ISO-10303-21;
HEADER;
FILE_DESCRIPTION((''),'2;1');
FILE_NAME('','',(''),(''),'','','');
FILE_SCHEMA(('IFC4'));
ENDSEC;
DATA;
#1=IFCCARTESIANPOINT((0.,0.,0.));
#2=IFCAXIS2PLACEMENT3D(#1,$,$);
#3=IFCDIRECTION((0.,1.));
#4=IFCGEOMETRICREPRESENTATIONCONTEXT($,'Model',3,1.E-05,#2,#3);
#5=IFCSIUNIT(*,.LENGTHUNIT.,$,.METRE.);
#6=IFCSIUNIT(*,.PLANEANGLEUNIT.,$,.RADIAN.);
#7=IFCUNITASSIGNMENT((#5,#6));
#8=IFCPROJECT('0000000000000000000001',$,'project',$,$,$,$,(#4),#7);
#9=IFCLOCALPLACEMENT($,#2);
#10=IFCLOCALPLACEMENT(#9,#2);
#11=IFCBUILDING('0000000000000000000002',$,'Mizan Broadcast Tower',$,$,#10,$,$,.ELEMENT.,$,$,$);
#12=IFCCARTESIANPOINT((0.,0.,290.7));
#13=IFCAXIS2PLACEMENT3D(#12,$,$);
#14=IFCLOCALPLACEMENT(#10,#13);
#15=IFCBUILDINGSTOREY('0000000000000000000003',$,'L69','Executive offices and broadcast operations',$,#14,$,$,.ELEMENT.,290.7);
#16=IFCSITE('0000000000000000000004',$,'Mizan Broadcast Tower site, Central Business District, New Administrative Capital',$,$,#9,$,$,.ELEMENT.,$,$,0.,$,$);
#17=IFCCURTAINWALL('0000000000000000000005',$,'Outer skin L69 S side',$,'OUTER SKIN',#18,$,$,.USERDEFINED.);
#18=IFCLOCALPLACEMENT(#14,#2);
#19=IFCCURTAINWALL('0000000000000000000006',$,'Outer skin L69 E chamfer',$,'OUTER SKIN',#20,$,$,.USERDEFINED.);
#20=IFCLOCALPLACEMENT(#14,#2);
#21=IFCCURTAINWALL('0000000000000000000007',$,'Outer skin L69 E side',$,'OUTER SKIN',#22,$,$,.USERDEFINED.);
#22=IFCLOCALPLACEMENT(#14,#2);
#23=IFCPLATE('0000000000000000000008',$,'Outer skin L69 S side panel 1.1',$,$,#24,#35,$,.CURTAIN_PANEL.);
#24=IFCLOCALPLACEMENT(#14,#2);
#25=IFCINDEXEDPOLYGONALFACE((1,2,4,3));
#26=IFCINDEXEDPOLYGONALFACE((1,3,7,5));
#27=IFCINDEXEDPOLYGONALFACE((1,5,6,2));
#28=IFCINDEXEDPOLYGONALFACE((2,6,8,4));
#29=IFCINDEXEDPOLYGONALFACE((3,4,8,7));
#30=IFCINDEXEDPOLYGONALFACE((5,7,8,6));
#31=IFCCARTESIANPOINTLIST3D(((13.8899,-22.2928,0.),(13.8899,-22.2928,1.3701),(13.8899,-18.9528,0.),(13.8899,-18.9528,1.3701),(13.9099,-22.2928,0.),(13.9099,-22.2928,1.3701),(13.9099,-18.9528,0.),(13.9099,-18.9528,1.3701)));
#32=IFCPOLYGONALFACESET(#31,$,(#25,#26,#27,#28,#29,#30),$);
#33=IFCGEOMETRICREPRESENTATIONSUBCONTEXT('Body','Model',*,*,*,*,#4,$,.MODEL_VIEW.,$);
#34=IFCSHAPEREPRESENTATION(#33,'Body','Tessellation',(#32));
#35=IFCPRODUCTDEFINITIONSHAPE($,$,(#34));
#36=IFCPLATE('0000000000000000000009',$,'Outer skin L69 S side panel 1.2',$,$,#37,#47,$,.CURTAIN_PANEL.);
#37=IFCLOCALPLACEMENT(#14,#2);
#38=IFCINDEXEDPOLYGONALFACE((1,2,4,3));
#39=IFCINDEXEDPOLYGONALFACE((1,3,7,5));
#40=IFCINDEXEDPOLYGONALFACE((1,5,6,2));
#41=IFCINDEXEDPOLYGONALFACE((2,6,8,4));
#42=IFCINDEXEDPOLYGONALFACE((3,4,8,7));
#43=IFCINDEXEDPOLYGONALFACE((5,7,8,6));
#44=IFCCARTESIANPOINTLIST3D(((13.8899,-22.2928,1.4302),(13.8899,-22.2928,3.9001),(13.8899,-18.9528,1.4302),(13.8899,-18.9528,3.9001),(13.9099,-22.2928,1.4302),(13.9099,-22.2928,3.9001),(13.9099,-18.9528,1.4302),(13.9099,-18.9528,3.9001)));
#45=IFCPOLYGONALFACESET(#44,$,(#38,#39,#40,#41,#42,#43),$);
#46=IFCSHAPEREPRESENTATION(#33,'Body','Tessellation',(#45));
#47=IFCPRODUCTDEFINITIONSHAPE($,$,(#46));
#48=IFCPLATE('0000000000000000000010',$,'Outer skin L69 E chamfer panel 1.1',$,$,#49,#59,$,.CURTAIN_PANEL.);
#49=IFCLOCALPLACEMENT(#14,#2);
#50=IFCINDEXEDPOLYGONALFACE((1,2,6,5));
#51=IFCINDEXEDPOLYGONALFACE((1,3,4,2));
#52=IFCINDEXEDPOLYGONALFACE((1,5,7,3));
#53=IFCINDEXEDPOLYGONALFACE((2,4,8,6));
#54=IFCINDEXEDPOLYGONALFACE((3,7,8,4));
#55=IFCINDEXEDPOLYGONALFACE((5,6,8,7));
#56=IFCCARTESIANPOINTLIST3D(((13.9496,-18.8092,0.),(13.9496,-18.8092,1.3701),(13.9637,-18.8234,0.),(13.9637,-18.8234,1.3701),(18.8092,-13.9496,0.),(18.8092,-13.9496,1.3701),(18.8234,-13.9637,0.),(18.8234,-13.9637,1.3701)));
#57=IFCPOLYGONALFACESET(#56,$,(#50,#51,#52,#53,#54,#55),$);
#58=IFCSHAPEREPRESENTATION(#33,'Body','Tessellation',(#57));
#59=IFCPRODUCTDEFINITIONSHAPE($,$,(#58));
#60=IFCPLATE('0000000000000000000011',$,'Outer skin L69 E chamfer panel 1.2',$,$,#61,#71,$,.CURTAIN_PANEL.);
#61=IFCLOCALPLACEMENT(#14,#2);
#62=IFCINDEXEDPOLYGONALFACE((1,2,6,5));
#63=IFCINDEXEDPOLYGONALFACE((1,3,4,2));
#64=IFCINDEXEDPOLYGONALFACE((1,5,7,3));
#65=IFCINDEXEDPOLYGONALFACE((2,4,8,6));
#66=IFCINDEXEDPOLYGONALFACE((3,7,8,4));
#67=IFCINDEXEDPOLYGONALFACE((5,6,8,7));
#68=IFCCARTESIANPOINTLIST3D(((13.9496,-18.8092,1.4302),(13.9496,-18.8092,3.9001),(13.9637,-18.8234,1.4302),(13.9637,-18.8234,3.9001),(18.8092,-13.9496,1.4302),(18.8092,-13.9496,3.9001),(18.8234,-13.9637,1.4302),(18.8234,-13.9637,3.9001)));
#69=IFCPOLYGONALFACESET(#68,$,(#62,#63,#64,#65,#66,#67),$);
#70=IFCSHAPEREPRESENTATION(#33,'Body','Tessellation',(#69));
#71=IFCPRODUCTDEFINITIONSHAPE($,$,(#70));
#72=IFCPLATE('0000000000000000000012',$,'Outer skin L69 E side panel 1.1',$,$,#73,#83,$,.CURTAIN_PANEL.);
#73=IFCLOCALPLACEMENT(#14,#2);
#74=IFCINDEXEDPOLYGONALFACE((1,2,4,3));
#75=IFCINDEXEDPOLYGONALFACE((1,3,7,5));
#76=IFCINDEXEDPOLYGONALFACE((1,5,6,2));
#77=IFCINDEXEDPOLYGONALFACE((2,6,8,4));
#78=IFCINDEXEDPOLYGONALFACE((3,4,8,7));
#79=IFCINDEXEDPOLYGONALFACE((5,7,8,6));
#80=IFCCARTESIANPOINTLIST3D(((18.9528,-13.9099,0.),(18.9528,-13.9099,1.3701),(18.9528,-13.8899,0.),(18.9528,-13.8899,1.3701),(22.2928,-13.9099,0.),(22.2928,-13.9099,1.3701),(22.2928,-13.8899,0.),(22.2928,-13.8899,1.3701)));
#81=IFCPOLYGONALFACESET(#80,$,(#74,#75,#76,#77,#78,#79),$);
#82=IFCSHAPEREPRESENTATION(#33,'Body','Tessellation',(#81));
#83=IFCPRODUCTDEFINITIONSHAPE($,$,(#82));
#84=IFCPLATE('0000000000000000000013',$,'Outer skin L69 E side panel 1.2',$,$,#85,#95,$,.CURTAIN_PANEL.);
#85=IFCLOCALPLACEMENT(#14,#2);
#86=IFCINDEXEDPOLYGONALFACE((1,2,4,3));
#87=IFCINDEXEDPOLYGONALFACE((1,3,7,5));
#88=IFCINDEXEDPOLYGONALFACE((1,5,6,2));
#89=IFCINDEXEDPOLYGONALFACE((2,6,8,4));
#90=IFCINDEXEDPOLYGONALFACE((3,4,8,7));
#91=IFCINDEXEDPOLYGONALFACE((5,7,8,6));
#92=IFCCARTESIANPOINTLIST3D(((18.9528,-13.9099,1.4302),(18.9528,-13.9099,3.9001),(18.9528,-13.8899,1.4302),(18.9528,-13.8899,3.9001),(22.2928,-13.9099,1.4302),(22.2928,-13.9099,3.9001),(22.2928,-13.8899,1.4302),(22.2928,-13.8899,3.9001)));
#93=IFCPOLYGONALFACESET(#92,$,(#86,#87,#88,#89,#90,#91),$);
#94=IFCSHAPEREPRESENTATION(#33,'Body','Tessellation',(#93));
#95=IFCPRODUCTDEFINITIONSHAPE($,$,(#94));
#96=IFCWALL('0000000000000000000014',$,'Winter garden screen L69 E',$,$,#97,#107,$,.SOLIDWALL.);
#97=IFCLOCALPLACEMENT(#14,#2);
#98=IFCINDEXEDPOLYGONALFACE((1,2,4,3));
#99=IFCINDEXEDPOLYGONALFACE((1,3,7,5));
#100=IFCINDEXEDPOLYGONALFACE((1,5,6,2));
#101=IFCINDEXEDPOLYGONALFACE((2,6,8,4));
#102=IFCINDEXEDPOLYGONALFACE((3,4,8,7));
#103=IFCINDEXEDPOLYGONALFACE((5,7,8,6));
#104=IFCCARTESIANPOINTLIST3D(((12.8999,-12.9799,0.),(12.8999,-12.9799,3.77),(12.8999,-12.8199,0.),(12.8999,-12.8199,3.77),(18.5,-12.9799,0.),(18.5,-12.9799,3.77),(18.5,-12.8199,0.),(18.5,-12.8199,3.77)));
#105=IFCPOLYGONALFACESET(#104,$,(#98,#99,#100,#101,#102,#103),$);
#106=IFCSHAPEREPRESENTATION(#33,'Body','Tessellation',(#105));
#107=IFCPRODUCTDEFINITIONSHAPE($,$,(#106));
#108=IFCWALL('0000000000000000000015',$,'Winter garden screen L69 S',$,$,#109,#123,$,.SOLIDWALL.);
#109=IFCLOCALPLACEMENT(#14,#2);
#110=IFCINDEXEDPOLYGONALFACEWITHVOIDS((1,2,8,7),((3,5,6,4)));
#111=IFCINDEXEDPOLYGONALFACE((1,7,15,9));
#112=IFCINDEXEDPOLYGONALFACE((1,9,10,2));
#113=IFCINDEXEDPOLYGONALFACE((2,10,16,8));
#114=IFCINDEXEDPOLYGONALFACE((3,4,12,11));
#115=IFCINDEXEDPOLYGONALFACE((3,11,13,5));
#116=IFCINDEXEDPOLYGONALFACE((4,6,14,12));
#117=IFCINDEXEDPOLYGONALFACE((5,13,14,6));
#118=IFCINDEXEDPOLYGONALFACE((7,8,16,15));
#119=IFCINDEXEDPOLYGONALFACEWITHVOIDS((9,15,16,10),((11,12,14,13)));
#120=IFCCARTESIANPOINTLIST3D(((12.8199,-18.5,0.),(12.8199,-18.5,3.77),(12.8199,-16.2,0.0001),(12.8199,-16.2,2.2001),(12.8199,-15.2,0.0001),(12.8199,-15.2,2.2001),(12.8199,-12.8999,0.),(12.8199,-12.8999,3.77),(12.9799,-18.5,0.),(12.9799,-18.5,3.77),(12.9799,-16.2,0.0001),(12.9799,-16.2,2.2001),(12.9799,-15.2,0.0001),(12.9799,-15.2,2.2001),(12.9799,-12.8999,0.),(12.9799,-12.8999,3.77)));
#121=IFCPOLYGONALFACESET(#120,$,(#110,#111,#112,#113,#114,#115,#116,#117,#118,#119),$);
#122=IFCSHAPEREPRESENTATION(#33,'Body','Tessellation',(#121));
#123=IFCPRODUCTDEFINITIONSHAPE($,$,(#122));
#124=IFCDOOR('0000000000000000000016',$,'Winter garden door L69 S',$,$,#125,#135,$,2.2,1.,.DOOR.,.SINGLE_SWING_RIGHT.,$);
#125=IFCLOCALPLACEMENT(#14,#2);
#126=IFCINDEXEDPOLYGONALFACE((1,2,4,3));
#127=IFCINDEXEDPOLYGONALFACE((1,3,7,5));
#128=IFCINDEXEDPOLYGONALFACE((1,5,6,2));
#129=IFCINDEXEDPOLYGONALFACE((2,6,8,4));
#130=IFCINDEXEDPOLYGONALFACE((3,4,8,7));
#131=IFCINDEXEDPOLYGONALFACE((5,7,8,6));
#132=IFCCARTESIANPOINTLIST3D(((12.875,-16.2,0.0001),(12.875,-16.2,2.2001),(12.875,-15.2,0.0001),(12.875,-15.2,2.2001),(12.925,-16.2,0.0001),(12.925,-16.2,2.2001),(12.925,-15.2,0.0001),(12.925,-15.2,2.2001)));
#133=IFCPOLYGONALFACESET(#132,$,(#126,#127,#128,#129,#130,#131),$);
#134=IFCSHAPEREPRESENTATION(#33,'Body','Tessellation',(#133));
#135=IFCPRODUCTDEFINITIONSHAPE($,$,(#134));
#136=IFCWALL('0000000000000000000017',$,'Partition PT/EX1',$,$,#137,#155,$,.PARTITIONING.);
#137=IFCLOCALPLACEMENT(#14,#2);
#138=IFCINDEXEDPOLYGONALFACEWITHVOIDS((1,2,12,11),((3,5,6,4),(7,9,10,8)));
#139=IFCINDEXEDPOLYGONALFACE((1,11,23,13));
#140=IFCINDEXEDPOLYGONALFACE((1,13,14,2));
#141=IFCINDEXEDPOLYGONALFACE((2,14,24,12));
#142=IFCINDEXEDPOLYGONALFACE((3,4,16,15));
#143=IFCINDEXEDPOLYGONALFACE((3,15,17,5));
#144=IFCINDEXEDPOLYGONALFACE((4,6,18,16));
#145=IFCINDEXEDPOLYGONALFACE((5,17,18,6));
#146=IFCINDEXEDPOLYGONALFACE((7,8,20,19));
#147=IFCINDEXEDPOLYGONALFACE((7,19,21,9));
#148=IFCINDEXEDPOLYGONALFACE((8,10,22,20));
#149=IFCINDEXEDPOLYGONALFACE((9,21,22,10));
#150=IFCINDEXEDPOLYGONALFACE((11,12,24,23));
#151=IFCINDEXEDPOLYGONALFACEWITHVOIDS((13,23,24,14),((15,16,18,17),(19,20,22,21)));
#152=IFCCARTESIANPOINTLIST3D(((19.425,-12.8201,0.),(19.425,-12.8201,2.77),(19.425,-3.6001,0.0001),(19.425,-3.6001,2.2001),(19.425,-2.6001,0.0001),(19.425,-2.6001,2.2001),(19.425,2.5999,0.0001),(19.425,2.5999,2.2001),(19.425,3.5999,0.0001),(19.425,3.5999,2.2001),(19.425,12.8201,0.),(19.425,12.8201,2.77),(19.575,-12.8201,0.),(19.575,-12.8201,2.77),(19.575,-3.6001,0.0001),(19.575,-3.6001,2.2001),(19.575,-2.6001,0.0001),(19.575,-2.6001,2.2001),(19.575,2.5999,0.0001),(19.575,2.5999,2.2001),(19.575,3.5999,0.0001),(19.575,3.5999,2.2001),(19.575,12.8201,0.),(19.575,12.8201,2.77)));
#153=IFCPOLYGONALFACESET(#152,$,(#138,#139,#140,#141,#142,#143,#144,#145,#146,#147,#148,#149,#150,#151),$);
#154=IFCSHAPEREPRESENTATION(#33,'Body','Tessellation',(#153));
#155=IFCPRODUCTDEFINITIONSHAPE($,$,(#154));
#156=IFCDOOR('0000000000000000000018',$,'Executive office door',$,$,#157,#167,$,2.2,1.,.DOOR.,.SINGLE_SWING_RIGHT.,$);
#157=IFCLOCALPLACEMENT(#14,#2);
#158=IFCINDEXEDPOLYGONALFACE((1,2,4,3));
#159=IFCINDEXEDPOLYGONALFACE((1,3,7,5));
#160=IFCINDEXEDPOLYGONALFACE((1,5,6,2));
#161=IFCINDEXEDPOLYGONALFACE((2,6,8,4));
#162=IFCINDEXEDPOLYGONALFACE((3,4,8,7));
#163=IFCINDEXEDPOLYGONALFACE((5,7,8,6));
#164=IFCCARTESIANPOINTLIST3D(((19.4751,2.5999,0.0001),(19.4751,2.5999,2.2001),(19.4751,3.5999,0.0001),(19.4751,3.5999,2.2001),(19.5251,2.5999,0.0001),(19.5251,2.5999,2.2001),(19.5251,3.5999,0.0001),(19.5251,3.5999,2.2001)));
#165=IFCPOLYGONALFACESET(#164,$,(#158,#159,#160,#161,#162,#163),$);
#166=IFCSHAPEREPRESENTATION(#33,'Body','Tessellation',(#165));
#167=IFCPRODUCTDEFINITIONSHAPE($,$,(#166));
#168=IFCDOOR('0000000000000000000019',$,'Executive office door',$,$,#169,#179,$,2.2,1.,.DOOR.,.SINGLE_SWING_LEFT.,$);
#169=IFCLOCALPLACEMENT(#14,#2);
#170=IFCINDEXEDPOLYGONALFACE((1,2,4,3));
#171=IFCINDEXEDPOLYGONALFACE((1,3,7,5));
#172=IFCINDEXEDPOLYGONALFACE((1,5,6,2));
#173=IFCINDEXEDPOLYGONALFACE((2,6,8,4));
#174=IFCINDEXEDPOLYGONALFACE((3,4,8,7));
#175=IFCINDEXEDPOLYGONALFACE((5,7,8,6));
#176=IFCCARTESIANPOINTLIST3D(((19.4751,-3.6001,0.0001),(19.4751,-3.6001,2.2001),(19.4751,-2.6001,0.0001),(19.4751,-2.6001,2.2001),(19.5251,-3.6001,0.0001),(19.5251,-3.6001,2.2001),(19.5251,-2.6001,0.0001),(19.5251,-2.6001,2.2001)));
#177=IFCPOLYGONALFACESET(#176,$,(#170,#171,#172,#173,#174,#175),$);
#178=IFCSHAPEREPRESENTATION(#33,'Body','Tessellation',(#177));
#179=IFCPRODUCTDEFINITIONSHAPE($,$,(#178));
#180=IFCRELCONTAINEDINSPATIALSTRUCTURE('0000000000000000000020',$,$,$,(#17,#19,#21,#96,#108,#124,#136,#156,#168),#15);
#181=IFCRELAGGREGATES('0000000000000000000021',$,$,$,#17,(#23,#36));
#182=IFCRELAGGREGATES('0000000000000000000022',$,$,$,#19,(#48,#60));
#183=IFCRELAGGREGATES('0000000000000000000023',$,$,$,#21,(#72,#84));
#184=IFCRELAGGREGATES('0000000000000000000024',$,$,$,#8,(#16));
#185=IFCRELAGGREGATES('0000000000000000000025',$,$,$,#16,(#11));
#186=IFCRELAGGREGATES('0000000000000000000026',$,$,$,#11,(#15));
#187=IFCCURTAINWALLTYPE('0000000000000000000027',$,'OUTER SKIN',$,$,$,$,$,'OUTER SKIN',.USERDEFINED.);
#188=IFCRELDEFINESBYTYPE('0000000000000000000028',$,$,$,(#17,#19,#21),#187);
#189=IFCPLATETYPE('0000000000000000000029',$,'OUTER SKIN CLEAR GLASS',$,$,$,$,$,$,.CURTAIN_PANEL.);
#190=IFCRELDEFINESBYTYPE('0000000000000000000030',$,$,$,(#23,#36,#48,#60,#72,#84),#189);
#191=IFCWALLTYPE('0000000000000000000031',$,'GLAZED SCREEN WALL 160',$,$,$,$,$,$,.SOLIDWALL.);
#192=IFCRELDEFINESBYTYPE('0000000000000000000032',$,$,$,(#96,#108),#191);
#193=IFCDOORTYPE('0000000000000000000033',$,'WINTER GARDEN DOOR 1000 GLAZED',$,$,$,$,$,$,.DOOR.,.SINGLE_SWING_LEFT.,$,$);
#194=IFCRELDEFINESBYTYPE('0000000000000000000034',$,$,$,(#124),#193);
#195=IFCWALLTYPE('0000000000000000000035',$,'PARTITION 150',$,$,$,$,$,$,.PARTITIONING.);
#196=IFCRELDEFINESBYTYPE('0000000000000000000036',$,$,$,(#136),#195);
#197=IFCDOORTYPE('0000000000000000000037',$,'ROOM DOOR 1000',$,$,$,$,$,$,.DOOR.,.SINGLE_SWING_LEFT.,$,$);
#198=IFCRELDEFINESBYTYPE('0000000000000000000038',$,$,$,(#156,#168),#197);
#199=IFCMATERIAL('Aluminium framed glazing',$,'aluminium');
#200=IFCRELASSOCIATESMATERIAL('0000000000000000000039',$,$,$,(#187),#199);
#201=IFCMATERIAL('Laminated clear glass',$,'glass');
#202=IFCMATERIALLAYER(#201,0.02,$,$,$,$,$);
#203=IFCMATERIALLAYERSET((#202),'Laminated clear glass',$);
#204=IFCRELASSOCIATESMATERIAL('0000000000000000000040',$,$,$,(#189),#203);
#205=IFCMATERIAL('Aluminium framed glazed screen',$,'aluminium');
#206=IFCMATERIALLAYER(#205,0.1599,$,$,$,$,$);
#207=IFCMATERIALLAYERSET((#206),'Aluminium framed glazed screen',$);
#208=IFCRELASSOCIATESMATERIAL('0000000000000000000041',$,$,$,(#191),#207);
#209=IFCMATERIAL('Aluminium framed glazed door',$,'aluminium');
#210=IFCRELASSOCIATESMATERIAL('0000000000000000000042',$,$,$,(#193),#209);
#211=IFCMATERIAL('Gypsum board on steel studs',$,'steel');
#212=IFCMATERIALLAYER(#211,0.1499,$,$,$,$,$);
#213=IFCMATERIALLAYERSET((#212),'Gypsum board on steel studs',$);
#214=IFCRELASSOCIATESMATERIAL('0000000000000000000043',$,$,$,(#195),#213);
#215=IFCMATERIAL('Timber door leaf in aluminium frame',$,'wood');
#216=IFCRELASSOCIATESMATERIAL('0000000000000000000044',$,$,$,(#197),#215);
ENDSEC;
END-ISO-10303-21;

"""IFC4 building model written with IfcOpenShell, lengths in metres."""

from ifc_helpers import new_model, si_unit, direction, frame, frame_2d, origin, origin_2d, place, context, subcontext, project, spatial, rectangle, extrude, material, layer, layer_set, type_object, element, fill, aggregate, save


model = new_model("IFC4")

# Units and contexts
model_context = context("Model", 3, precision=1e-05, world=origin(), true_north=direction((0.0, 1.0)))
body_context = subcontext(model_context, "Body", "Model", "MODEL_VIEW")
ifc_project = project(units=[si_unit("LENGTHUNIT", "METRE"), si_unit("PLANEANGLEUNIT", "RADIAN")], contexts=[model_context])

# Site, building, storey
site_placement = place(None, origin())
site = spatial("IfcSite", under=ifc_project, at=site_placement, Name="Mizan Broadcast Tower site, Central Business District, New Administrative Capital", CompositionType="ELEMENT", RefElevation=0.0)
building_placement = place(site_placement, origin())
building = spatial("IfcBuilding", under=site, at=building_placement, Name="Mizan Broadcast Tower", CompositionType="ELEMENT")
storey_placement = place(building_placement, frame((0.0, 0.0, 290.7)))
storey = spatial("IfcBuildingStorey", under=building, at=storey_placement, Name="L69", Description="Executive offices and broadcast operations", CompositionType="ELEMENT", Elevation=290.7)

# Curtain walls
ifc_material_1 = material(Name="Aluminium framed glazing", Category="aluminium")
curtain_wall_type_1 = type_object("IfcCurtainWallType", Name="OUTER SKIN", ElementType="OUTER SKIN", PredefinedType="USERDEFINED", material=ifc_material_1)
curtain_wall_1_placement = place(storey_placement, origin())
curtain_wall_1 = element("IfcCurtainWall", 1, at=curtain_wall_1_placement, inside=storey, type_object=curtain_wall_type_1, Name="Outer skin L69 S side", ObjectType="OUTER SKIN", PredefinedType="USERDEFINED")
curtain_wall_2_placement = place(storey_placement, origin())
curtain_wall_2 = element("IfcCurtainWall", 2, at=curtain_wall_2_placement, inside=storey, type_object=curtain_wall_type_1, Name="Outer skin L69 E chamfer", ObjectType="OUTER SKIN", PredefinedType="USERDEFINED")
curtain_wall_3_placement = place(storey_placement, origin())
curtain_wall_3 = element("IfcCurtainWall", 3, at=curtain_wall_3_placement, inside=storey, type_object=curtain_wall_type_1, Name="Outer skin L69 E side", ObjectType="OUTER SKIN", PredefinedType="USERDEFINED")

# Plates
ifc_material_2 = material(Name="Laminated clear glass", Category="glass")
ifc_layer_1 = layer(ifc_material_2, 0.02)
ifc_layer_set_1 = layer_set([ifc_layer_1], Name="Laminated clear glass")
plate_type_1 = type_object("IfcPlateType", Name="OUTER SKIN CLEAR GLASS", PredefinedType="CURTAIN_PANEL", material=ifc_layer_set_1)
plate_1_placement = place(storey_placement, frame((13.8999, -20.6228, 0.0), z_axis=(0.0, 0.0, 1.0), x_axis=(0.0, 1.0, 0.0)))
plate_1 = element("IfcPlate", 4, at=plate_1_placement, type_object=plate_type_1, Name="Outer skin L69 S side panel 1.1", PredefinedType="CURTAIN_PANEL", context=body_context, shape_type="SweptSolid", body=[
    extrude(rectangle(XDim=3.3401, YDim=0.02, at=origin_2d()), origin(), (0.0, 0.0, 1.0), 1.3701),
])
plate_2_placement = place(storey_placement, frame((13.8999, -20.6228, 1.4302), z_axis=(0.0, 0.0, 1.0), x_axis=(0.0, 1.0, 0.0)))
plate_2 = element("IfcPlate", 5, at=plate_2_placement, type_object=plate_type_1, Name="Outer skin L69 S side panel 1.2", PredefinedType="CURTAIN_PANEL", context=body_context, shape_type="SweptSolid", body=[
    extrude(rectangle(XDim=3.3401, YDim=0.02, at=origin_2d()), origin(), (0.0, 0.0, 1.0), 2.47),
])
aggregate(curtain_wall_1, [plate_1, plate_2])
plate_3_placement = place(storey_placement, frame((16.3865, -16.3865, 0.0), z_axis=(0.0, 0.0, 1.0), x_axis=(0.707107, 0.707107, 0.0)))
plate_3 = element("IfcPlate", 6, at=plate_3_placement, type_object=plate_type_1, Name="Outer skin L69 E chamfer panel 1.1", PredefinedType="CURTAIN_PANEL", context=body_context, shape_type="SweptSolid", body=[
    extrude(rectangle(XDim=6.8726, YDim=0.02, at=origin_2d()), origin(), (0.0, 0.0, 1.0), 1.3701),
])
plate_4_placement = place(storey_placement, frame((16.3865, -16.3865, 1.4302), z_axis=(0.0, 0.0, 1.0), x_axis=(0.707107, 0.707107, 0.0)))
plate_4 = element("IfcPlate", 7, at=plate_4_placement, type_object=plate_type_1, Name="Outer skin L69 E chamfer panel 1.2", PredefinedType="CURTAIN_PANEL", context=body_context, shape_type="SweptSolid", body=[
    extrude(rectangle(XDim=6.8726, YDim=0.02, at=origin_2d()), origin(), (0.0, 0.0, 1.0), 2.47),
])
aggregate(curtain_wall_2, [plate_3, plate_4])
plate_5_placement = place(storey_placement, frame((20.6228, -13.8999, 0.0), z_axis=(0.0, 0.0, 1.0), x_axis=(1.0, 0.0, 0.0)))
plate_5 = element("IfcPlate", 8, at=plate_5_placement, type_object=plate_type_1, Name="Outer skin L69 E side panel 1.1", PredefinedType="CURTAIN_PANEL", context=body_context, shape_type="SweptSolid", body=[
    extrude(rectangle(XDim=3.3401, YDim=0.02, at=origin_2d()), origin(), (0.0, 0.0, 1.0), 1.3701),
])
plate_6_placement = place(storey_placement, frame((20.6228, -13.8999, 1.4302), z_axis=(0.0, 0.0, 1.0), x_axis=(1.0, 0.0, 0.0)))
plate_6 = element("IfcPlate", 9, at=plate_6_placement, type_object=plate_type_1, Name="Outer skin L69 E side panel 1.2", PredefinedType="CURTAIN_PANEL", context=body_context, shape_type="SweptSolid", body=[
    extrude(rectangle(XDim=3.3401, YDim=0.02, at=origin_2d()), origin(), (0.0, 0.0, 1.0), 2.47),
])
aggregate(curtain_wall_3, [plate_5, plate_6])

# Wall
ifc_material_3 = material(Name="Aluminium framed glazed screen", Category="aluminium")
ifc_layer_2 = layer(ifc_material_3, 0.1599)
ifc_layer_set_2 = layer_set([ifc_layer_2], Name="Aluminium framed glazed screen")
wall_type_1 = type_object("IfcWallType", Name="GLAZED SCREEN WALL 160", PredefinedType="SOLIDWALL", material=ifc_layer_set_2)
wall_1_placement = place(storey_placement, frame((12.8999, -12.8999, 0.0), z_axis=(0.0, 0.0, 1.0), x_axis=(1.0, 0.0, 0.0)))
element("IfcWall", 10, at=wall_1_placement, inside=storey, type_object=wall_type_1, Name="Winter garden screen L69 E", PredefinedType="SOLIDWALL", context=body_context, shape_type="SweptSolid", body=[
    extrude(rectangle(XDim=5.6001, YDim=0.1599, at=frame_2d((2.8, 0.0))), origin(), (0.0, 0.0, 1.0), 3.77),
])

# Wall, opening, door
wall_2_placement = place(storey_placement, frame((12.8999, -18.5, 0.0), z_axis=(0.0, 0.0, 1.0), x_axis=(0.0, 1.0, 0.0)))
wall_2 = element("IfcWall", 11, at=wall_2_placement, inside=storey, type_object=wall_type_1, Name="Winter garden screen L69 S", PredefinedType="SOLIDWALL", context=body_context, shape_type="SweptSolid", body=[
    extrude(rectangle(XDim=5.6001, YDim=0.1599, at=frame_2d((2.8, 0.0))), origin(), (0.0, 0.0, 1.0), 3.77),
])
opening_1_placement = place(wall_2_placement, frame((2.3, 0.0, 0.0)))
opening_1 = element("IfcOpeningElement", 12, at=opening_1_placement, cuts=wall_2, PredefinedType="OPENING", context=body_context, shape_type="SweptSolid", body=[
    extrude(rectangle(XDim=1.0, YDim=2.2, at=frame_2d((0.5, 1.1001))), frame((0.0, 0.0898, 0.0), z_axis=(0.0, -1.0, 0.0), x_axis=(1.0, 0.0, 0.0)), (0.0, 0.0, 1.0), 0.1799),
])
ifc_material_4 = material(Name="Aluminium framed glazed door", Category="aluminium")
door_type_1 = type_object("IfcDoorType", Name="WINTER GARDEN DOOR 1000 GLAZED", OperationType="SINGLE_SWING_LEFT", PredefinedType="DOOR", material=ifc_material_4)
door_1_placement = place(opening_1_placement, origin())
door_1 = element("IfcDoor", 13, at=door_1_placement, inside=storey, type_object=door_type_1, Name="Winter garden door L69 S", OperationType="SINGLE_SWING_RIGHT", OverallHeight=2.2, OverallWidth=1.0, PredefinedType="DOOR", context=body_context, shape_type="SweptSolid", body=[
    extrude(rectangle(XDim=1.0, YDim=2.2, at=frame_2d((0.5, 1.1001))), frame((0.0, 0.0249, 0.0), z_axis=(0.0, -1.0, 0.0), x_axis=(1.0, 0.0, 0.0)), (0.0, 0.0, 1.0), 0.05),
])
fill(opening_1, door_1)

# Wall, openings, doors
ifc_material_5 = material(Name="Gypsum board on steel studs", Category="steel")
ifc_layer_3 = layer(ifc_material_5, 0.1499)
ifc_layer_set_3 = layer_set([ifc_layer_3], Name="Gypsum board on steel studs")
wall_type_2 = type_object("IfcWallType", Name="PARTITION 150", PredefinedType="PARTITIONING", material=ifc_layer_set_3)
wall_3_placement = place(storey_placement, frame((19.5, -12.8201, 0.0), z_axis=(0.0, 0.0, 1.0), x_axis=(0.0, 1.0, 0.0)))
wall_3 = element("IfcWall", 14, at=wall_3_placement, inside=storey, type_object=wall_type_2, Name="Partition PT/EX1", PredefinedType="PARTITIONING", context=body_context, shape_type="SweptSolid", body=[
    extrude(rectangle(XDim=25.6401, YDim=0.1499, at=frame_2d((12.8201, 0.0))), origin(), (0.0, 0.0, 1.0), 2.77),
])
opening_2_placement = place(wall_3_placement, frame((15.4199, 0.0, 0.0)))
opening_2 = element("IfcOpeningElement", 15, at=opening_2_placement, cuts=wall_3, PredefinedType="OPENING", context=body_context, shape_type="SweptSolid", body=[
    extrude(rectangle(XDim=1.0, YDim=2.2, at=frame_2d((0.5, 1.1001))), frame((0.0, 0.085, 0.0), z_axis=(0.0, -1.0, 0.0), x_axis=(1.0, 0.0, 0.0)), (0.0, 0.0, 1.0), 0.1699),
])
opening_3_placement = place(wall_3_placement, frame((9.22, 0.0, 0.0)))
opening_3 = element("IfcOpeningElement", 16, at=opening_3_placement, cuts=wall_3, PredefinedType="OPENING", context=body_context, shape_type="SweptSolid", body=[
    extrude(rectangle(XDim=1.0, YDim=2.2, at=frame_2d((0.5, 1.1001))), frame((0.0, 0.085, 0.0), z_axis=(0.0, -1.0, 0.0), x_axis=(1.0, 0.0, 0.0)), (0.0, 0.0, 1.0), 0.1699),
])
ifc_material_6 = material(Name="Timber door leaf in aluminium frame", Category="wood")
door_type_2 = type_object("IfcDoorType", Name="ROOM DOOR 1000", OperationType="SINGLE_SWING_LEFT", PredefinedType="DOOR", material=ifc_material_6)
door_2_placement = place(opening_2_placement, origin())
door_2 = element("IfcDoor", 17, at=door_2_placement, inside=storey, type_object=door_type_2, Name="Executive office door", OperationType="SINGLE_SWING_RIGHT", OverallHeight=2.2, OverallWidth=1.0, PredefinedType="DOOR", context=body_context, shape_type="SweptSolid", body=[
    extrude(rectangle(XDim=1.0, YDim=2.2, at=frame_2d((0.5, 1.1001))), frame((0.0, 0.0249, 0.0), z_axis=(0.0, -1.0, 0.0), x_axis=(1.0, 0.0, 0.0)), (0.0, 0.0, 1.0), 0.05),
])
fill(opening_2, door_2)
door_3_placement = place(opening_3_placement, origin())
door_3 = element("IfcDoor", 18, at=door_3_placement, inside=storey, type_object=door_type_2, Name="Executive office door", OperationType="SINGLE_SWING_LEFT", OverallHeight=2.2, OverallWidth=1.0, PredefinedType="DOOR", context=body_context, shape_type="SweptSolid", body=[
    extrude(rectangle(XDim=1.0, YDim=2.2, at=frame_2d((0.5, 1.1001))), frame((0.0, 0.0249, 0.0), z_axis=(0.0, -1.0, 0.0), x_axis=(1.0, 0.0, 0.0)), (0.0, 0.0, 1.0), 0.05),
])
fill(opening_3, door_3)

save(model, "model.ifc")
